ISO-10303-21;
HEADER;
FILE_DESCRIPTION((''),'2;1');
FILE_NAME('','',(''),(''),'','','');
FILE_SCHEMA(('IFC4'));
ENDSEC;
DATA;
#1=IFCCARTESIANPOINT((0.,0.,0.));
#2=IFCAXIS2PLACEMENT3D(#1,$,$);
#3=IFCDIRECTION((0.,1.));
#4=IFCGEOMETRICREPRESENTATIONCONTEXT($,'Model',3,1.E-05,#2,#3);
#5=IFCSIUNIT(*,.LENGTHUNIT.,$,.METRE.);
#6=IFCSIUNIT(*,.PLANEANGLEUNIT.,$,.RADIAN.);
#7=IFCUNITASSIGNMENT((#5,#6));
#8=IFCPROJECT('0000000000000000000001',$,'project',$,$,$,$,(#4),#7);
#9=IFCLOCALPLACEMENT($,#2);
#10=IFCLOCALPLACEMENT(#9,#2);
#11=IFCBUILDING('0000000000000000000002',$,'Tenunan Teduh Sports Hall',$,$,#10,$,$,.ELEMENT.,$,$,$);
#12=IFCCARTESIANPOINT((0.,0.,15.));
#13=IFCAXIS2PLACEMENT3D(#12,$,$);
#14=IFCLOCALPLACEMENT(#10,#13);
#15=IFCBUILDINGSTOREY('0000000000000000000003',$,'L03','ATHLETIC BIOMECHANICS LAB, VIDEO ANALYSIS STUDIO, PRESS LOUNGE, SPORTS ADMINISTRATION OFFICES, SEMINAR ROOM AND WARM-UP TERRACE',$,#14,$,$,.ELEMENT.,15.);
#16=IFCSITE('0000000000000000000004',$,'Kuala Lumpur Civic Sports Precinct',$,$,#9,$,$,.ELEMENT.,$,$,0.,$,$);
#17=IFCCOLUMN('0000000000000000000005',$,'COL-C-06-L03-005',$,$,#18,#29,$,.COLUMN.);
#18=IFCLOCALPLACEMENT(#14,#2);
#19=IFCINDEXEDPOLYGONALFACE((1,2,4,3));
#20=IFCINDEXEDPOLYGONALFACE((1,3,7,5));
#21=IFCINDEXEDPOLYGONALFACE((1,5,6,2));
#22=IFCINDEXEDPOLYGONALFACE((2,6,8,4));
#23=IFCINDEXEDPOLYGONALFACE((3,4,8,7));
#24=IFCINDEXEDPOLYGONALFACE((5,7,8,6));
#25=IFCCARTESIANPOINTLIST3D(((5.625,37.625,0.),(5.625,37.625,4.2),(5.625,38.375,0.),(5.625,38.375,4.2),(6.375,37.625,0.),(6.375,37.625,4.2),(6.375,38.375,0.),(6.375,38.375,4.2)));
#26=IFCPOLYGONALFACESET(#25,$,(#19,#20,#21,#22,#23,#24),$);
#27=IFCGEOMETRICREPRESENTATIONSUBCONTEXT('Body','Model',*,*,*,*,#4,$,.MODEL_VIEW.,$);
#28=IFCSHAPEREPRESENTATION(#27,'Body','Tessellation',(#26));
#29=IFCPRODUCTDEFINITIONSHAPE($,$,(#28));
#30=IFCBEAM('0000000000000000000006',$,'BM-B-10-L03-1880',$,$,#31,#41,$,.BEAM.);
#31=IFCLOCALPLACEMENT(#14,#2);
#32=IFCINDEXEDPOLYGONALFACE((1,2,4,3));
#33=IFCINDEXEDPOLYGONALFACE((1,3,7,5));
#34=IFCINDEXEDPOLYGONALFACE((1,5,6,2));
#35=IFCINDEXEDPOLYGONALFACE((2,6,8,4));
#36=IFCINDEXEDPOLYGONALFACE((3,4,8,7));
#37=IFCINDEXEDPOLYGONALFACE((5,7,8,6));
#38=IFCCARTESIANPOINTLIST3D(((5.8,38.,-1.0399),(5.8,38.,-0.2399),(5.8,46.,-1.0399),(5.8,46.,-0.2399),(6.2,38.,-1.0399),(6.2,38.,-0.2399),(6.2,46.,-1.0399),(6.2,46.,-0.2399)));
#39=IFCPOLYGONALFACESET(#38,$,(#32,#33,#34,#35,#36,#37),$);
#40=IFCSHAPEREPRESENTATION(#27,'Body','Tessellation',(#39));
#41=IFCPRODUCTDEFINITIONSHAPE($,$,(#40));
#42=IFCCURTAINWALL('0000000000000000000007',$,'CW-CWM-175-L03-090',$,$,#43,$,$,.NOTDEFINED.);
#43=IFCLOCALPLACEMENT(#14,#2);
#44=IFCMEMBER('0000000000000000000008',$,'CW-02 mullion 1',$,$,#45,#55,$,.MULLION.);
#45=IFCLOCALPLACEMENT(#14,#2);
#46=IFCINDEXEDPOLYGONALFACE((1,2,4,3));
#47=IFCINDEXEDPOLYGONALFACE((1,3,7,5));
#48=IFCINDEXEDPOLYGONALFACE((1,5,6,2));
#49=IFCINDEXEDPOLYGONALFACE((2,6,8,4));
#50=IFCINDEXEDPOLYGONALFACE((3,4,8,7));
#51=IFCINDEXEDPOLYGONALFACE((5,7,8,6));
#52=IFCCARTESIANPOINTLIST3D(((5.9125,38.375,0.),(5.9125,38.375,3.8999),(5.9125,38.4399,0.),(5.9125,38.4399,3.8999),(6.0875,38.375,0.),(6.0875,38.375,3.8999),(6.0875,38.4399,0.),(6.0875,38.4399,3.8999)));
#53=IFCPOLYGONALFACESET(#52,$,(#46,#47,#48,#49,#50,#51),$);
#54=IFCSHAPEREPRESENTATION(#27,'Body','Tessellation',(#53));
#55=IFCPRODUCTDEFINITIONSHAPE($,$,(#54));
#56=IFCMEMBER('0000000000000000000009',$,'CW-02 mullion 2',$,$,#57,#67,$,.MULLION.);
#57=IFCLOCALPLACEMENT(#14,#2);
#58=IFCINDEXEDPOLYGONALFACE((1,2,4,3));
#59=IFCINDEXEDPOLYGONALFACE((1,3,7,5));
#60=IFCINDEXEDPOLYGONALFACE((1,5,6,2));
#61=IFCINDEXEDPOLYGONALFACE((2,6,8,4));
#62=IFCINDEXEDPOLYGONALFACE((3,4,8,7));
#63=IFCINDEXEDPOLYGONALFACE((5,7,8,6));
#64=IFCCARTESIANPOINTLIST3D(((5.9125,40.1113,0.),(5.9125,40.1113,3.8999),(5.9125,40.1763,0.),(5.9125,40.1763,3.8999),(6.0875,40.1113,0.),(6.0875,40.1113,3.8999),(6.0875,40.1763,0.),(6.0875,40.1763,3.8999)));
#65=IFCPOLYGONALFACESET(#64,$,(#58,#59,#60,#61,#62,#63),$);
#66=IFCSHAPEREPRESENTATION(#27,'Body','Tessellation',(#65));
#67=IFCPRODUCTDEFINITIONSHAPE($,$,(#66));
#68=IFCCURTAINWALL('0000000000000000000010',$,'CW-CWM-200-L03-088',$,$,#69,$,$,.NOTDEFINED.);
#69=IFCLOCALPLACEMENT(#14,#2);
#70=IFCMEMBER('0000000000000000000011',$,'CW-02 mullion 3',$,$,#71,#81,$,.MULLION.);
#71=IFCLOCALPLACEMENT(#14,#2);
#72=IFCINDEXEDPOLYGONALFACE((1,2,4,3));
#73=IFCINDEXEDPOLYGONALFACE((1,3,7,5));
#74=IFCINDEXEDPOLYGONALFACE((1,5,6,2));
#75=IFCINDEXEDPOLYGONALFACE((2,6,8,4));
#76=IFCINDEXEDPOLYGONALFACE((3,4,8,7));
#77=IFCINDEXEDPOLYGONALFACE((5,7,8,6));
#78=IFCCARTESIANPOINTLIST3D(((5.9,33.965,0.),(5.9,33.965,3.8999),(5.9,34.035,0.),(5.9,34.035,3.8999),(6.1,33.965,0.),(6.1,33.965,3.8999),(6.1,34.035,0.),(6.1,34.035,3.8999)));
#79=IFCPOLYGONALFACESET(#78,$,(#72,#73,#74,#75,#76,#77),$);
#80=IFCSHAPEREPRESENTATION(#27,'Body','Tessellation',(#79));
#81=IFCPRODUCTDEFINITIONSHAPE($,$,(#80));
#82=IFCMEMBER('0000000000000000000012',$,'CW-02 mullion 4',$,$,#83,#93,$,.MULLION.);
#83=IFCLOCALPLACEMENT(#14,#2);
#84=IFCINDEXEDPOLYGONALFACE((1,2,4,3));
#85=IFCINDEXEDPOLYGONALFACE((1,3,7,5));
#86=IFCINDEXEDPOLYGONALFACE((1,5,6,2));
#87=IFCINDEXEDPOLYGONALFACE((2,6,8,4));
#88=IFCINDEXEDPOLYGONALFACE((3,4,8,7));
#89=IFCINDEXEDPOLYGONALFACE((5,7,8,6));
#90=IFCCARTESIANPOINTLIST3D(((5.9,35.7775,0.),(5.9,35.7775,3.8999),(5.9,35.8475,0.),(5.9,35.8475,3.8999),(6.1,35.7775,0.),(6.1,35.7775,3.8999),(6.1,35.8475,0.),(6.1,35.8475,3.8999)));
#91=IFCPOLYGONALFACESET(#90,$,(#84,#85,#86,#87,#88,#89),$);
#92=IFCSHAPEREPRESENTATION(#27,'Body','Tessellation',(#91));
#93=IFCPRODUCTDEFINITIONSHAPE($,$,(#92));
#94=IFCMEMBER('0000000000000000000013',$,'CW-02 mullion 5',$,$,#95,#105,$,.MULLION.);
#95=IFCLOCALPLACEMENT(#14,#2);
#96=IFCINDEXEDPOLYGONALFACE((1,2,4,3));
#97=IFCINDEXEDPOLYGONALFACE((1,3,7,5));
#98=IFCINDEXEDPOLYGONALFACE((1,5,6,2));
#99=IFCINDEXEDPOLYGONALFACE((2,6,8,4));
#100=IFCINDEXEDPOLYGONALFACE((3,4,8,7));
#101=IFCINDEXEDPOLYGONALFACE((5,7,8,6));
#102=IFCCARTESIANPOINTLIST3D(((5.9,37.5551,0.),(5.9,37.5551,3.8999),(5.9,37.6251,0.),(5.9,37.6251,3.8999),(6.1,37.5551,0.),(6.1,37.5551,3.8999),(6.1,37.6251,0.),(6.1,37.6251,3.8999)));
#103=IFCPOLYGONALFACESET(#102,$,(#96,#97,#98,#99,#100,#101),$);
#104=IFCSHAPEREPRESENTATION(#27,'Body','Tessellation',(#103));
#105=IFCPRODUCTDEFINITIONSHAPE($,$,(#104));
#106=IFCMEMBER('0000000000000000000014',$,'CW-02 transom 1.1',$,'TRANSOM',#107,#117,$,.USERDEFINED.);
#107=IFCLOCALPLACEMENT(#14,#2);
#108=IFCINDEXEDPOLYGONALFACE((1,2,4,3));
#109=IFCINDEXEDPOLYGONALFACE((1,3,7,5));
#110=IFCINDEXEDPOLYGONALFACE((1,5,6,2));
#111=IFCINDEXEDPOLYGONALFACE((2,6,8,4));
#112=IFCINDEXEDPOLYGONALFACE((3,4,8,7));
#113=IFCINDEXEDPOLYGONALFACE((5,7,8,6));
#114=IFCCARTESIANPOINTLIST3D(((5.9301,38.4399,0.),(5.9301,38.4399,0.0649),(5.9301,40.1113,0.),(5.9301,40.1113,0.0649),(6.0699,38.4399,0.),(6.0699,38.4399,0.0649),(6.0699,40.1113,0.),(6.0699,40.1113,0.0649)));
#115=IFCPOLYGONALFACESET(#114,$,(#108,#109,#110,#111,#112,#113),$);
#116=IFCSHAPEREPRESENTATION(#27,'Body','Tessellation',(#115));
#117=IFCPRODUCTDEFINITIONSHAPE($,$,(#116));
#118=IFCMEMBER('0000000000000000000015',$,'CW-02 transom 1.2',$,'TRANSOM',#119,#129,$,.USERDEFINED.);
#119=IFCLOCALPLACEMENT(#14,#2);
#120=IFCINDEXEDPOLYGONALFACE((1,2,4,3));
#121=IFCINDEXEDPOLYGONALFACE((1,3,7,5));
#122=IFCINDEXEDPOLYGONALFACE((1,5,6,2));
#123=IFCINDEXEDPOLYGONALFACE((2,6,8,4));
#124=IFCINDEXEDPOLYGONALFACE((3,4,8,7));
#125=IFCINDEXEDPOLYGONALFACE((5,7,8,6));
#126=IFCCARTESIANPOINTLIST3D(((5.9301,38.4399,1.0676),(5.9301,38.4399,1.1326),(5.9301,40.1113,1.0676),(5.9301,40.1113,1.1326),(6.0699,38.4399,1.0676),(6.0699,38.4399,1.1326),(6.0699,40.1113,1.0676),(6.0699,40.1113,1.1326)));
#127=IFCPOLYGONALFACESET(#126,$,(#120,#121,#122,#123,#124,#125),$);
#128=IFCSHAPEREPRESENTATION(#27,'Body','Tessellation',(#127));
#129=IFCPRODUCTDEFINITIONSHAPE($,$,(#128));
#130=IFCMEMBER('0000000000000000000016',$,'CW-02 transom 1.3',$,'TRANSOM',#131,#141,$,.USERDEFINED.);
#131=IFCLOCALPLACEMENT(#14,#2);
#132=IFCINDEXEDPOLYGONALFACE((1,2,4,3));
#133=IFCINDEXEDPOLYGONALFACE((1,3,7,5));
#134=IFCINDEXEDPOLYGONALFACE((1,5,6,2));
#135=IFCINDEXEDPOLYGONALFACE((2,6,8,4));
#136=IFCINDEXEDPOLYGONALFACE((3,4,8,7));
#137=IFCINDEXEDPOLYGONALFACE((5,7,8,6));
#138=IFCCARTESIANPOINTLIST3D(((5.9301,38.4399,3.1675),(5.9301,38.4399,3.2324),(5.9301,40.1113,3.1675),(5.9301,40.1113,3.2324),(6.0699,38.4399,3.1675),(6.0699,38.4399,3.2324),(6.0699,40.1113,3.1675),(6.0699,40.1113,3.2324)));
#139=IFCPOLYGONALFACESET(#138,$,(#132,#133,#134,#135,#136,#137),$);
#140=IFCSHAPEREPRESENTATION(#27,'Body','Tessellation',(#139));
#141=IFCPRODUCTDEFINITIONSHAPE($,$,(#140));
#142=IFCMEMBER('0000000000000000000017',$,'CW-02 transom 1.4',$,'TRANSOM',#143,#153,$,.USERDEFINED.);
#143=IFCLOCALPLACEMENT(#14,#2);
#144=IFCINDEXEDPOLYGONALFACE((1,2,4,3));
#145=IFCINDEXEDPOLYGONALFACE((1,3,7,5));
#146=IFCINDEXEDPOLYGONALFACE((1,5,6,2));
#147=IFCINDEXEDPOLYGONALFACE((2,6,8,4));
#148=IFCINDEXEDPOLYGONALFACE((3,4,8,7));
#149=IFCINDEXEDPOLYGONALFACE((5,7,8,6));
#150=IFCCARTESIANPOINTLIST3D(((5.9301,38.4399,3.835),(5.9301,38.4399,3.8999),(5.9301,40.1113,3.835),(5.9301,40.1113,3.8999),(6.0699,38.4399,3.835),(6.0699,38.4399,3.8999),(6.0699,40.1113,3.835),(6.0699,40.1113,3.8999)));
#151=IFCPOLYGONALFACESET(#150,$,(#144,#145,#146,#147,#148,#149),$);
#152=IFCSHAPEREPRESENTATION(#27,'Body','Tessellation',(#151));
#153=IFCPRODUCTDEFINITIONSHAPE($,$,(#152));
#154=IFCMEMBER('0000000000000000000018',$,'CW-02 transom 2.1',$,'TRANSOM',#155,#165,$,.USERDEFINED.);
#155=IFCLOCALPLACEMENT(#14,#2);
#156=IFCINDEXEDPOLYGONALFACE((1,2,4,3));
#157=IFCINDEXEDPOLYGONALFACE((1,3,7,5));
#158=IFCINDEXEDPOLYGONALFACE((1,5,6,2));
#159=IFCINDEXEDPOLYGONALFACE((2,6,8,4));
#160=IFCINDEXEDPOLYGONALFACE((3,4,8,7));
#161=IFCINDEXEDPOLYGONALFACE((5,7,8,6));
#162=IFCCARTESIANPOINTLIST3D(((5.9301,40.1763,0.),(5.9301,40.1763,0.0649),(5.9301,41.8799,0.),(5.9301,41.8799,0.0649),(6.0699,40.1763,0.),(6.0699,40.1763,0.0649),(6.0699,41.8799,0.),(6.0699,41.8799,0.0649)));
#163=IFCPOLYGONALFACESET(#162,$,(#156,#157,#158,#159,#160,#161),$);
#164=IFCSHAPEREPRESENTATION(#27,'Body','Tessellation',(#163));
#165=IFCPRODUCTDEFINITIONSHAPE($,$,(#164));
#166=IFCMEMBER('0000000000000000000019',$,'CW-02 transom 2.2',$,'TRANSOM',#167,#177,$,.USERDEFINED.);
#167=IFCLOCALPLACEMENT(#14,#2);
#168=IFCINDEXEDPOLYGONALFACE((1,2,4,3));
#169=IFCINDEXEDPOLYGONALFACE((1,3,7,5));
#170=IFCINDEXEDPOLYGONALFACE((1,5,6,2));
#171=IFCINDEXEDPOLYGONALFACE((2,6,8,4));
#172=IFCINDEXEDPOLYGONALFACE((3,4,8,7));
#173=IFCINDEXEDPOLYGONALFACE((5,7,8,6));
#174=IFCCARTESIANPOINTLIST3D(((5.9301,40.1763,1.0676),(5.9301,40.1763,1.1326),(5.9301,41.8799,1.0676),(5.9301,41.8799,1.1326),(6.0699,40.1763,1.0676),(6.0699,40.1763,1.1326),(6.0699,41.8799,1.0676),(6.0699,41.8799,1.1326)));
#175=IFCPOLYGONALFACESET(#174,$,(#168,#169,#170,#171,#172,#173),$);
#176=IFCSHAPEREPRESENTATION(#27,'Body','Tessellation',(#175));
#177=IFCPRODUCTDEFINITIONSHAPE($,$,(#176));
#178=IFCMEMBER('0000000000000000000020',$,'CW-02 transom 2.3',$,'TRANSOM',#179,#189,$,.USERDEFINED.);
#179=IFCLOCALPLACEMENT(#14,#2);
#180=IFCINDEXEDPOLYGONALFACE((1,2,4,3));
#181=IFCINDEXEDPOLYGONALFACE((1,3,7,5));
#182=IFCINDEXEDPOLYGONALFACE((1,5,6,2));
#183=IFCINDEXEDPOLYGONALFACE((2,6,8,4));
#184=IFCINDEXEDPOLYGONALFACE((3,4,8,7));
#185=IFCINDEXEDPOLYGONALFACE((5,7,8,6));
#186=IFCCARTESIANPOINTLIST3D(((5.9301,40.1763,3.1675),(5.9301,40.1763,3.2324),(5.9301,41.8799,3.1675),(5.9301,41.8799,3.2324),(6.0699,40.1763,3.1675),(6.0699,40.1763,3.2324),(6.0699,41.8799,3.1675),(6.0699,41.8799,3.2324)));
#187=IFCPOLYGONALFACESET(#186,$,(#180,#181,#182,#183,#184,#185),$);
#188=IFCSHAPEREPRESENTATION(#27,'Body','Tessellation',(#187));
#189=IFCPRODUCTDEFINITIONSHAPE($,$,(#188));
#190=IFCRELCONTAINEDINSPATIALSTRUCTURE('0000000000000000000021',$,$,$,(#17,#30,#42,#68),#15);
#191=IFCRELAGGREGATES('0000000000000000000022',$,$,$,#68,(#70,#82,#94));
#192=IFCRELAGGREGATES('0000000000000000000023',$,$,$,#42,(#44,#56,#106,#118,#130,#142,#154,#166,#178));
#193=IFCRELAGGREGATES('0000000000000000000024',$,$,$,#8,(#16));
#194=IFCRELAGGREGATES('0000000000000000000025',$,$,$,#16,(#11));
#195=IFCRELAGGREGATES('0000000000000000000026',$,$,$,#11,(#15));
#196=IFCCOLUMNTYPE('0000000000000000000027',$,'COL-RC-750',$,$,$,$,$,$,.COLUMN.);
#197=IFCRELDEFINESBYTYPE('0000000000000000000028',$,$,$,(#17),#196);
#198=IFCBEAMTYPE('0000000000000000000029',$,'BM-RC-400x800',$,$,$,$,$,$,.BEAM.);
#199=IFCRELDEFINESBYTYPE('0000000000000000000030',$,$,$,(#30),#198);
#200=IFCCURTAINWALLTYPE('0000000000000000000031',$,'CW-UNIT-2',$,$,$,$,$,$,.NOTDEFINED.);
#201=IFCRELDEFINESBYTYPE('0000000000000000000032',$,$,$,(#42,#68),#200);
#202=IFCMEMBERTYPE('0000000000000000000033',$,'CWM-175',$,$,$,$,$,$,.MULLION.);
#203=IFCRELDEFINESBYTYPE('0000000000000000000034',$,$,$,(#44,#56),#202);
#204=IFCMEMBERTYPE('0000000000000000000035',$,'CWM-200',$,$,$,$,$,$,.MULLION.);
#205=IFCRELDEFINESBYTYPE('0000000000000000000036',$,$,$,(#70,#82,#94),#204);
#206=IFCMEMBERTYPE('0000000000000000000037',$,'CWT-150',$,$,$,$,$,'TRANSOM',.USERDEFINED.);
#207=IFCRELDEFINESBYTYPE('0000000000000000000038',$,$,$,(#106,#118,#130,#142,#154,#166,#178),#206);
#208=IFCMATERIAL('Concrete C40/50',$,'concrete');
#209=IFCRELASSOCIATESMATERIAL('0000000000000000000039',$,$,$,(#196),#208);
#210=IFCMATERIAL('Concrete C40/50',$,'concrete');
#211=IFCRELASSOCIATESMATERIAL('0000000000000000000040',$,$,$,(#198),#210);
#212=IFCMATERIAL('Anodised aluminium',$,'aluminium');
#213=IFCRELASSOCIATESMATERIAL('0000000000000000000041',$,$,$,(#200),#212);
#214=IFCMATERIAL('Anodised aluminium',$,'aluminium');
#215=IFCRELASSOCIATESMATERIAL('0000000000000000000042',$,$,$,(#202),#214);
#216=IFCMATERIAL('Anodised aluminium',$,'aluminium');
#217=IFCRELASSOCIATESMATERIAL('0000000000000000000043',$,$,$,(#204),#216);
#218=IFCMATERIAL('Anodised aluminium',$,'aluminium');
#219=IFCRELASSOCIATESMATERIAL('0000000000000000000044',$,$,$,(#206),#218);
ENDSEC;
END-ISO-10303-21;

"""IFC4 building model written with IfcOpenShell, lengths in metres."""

from ifc_helpers import new_model, si_unit, direction, frame, origin, origin_2d, place, context, subcontext, project, spatial, rectangle, extrude, material, material_profile, profile_set, type_object, element, aggregate, save


model = new_model("IFC4")

# Units and contexts
model_context = context("Model", 3, precision=1e-05, world=origin(), true_north=direction((0.0, 1.0)))
body_context = subcontext(model_context, "Body", "Model", "MODEL_VIEW")
ifc_project = project(units=[si_unit("LENGTHUNIT", "METRE"), si_unit("PLANEANGLEUNIT", "RADIAN")], contexts=[model_context])

# Site, building, storey
site_placement = place(None, origin())
site = spatial("IfcSite", under=ifc_project, at=site_placement, Name="Kuala Lumpur Civic Sports Precinct", CompositionType="ELEMENT", RefElevation=0.0)
building_placement = place(site_placement, origin())
building = spatial("IfcBuilding", under=site, at=building_placement, Name="Tenunan Teduh Sports Hall", CompositionType="ELEMENT")
storey_placement = place(building_placement, frame((0.0, 0.0, 15.0)))
storey = spatial("IfcBuildingStorey", under=building, at=storey_placement, Name="L03", Description="ATHLETIC BIOMECHANICS LAB, VIDEO ANALYSIS STUDIO, PRESS LOUNGE, SPORTS ADMINISTRATION OFFICES, SEMINAR ROOM AND WARM-UP TERRACE", CompositionType="ELEMENT", Elevation=15.0)

# Column
ifc_material_1 = material(Name="Concrete C40/50", Category="concrete")
ifc_material_profile_1 = material_profile(ifc_material_1, rectangle(XDim=0.75, YDim=0.75, at=origin_2d()), Name="RC 750x750")
ifc_profile_set_1 = profile_set([ifc_material_profile_1], Name="Concrete C40/50")
column_type = type_object("IfcColumnType", Name="COL-RC-750", PredefinedType="COLUMN", material=ifc_profile_set_1)
column_placement = place(storey_placement, frame((6.0, 38.0, 0.0), z_axis=(0.0, 0.0, 1.0), x_axis=(1.0, 0.0, 0.0)))
element("IfcColumn", 1, at=column_placement, inside=storey, type_object=column_type, Name="COL-C-06-L03-005", PredefinedType="COLUMN", context=body_context, shape_type="SweptSolid", body=[
    extrude(rectangle(XDim=0.75, YDim=0.75, at=origin_2d()), origin(), (0.0, 0.0, 1.0), 4.2),
])

# Beam
ifc_material_2 = material(Name="Concrete C40/50", Category="concrete")
ifc_material_profile_2 = material_profile(ifc_material_2, rectangle(XDim=0.3999, YDim=0.8, at=origin_2d()), Name="RCB 400x800")
ifc_profile_set_2 = profile_set([ifc_material_profile_2], Name="Concrete C40/50")
beam_type = type_object("IfcBeamType", Name="BM-RC-400x800", PredefinedType="BEAM", material=ifc_profile_set_2)
beam_placement = place(storey_placement, frame((6.0, 38.0, -0.6399), z_axis=(0.0, 1.0, 0.0), x_axis=(-1.0, 0.0, 0.0)))
element("IfcBeam", 2, at=beam_placement, inside=storey, type_object=beam_type, Name="BM-B-10-L03-1880", PredefinedType="BEAM", context=body_context, shape_type="SweptSolid", body=[
    extrude(rectangle(XDim=0.3999, YDim=0.8, at=origin_2d()), origin(), (0.0, 0.0, 1.0), 8.0),
])

# Curtain walls, members
ifc_material_3 = material(Name="Anodised aluminium", Category="aluminium")
curtain_wall_type = type_object("IfcCurtainWallType", Name="CW-UNIT-2", PredefinedType="NOTDEFINED", material=ifc_material_3)
curtain_wall_1_placement = place(storey_placement, origin())
curtain_wall_1 = element("IfcCurtainWall", 3, at=curtain_wall_1_placement, inside=storey, type_object=curtain_wall_type, Name="CW-CWM-175-L03-090", PredefinedType="NOTDEFINED")
ifc_material_4 = material(Name="Anodised aluminium", Category="aluminium")
ifc_material_profile_3 = material_profile(ifc_material_4, rectangle(XDim=0.0649, YDim=0.175, at=origin_2d()), Name="CWM 65x175")
ifc_profile_set_3 = profile_set([ifc_material_profile_3], Name="Anodised aluminium")
member_type_1 = type_object("IfcMemberType", Name="CWM-175", PredefinedType="MULLION", material=ifc_profile_set_3)
member_1_placement = place(storey_placement, frame((6.0, 38.4075, 0.0), z_axis=(0.0, 0.0, 1.0), x_axis=(0.0, 1.0, 0.0)))
member_1 = element("IfcMember", 4, at=member_1_placement, type_object=member_type_1, Name="CW-02 mullion 1", PredefinedType="MULLION", context=body_context, shape_type="SweptSolid", body=[
    extrude(rectangle(XDim=0.0649, YDim=0.175, at=origin_2d()), origin(), (0.0, 0.0, 1.0), 3.8999),
])
member_2_placement = place(storey_placement, frame((6.0, 40.1438, 0.0), z_axis=(0.0, 0.0, 1.0), x_axis=(0.0, 1.0, 0.0)))
member_2 = element("IfcMember", 5, at=member_2_placement, type_object=member_type_1, Name="CW-02 mullion 2", PredefinedType="MULLION", context=body_context, shape_type="SweptSolid", body=[
    extrude(rectangle(XDim=0.0649, YDim=0.175, at=origin_2d()), origin(), (0.0, 0.0, 1.0), 3.8999),
])
curtain_wall_2_placement = place(storey_placement, origin())
curtain_wall_2 = element("IfcCurtainWall", 6, at=curtain_wall_2_placement, inside=storey, type_object=curtain_wall_type, Name="CW-CWM-200-L03-088", PredefinedType="NOTDEFINED")
ifc_material_5 = material(Name="Anodised aluminium", Category="aluminium")
ifc_material_profile_4 = material_profile(ifc_material_5, rectangle(XDim=0.0701, YDim=0.2, at=origin_2d()), Name="CWM 70x200")
ifc_profile_set_4 = profile_set([ifc_material_profile_4], Name="Anodised aluminium")
member_type_2 = type_object("IfcMemberType", Name="CWM-200", PredefinedType="MULLION", material=ifc_profile_set_4)
member_3_placement = place(storey_placement, frame((6.0, 34.0, 0.0), z_axis=(0.0, 0.0, 1.0), x_axis=(0.0, 1.0, 0.0)))
member_3 = element("IfcMember", 7, at=member_3_placement, type_object=member_type_2, Name="CW-02 mullion 3", PredefinedType="MULLION", context=body_context, shape_type="SweptSolid", body=[
    extrude(rectangle(XDim=0.0701, YDim=0.2, at=origin_2d()), origin(), (0.0, 0.0, 1.0), 3.8999),
])
member_4_placement = place(storey_placement, frame((6.0, 35.8125, 0.0), z_axis=(0.0, 0.0, 1.0), x_axis=(0.0, 1.0, 0.0)))
member_4 = element("IfcMember", 8, at=member_4_placement, type_object=member_type_2, Name="CW-02 mullion 4", PredefinedType="MULLION", context=body_context, shape_type="SweptSolid", body=[
    extrude(rectangle(XDim=0.0701, YDim=0.2, at=origin_2d()), origin(), (0.0, 0.0, 1.0), 3.8999),
])
member_5_placement = place(storey_placement, frame((6.0, 37.5901, 0.0), z_axis=(0.0, 0.0, 1.0), x_axis=(0.0, 1.0, 0.0)))
member_5 = element("IfcMember", 9, at=member_5_placement, type_object=member_type_2, Name="CW-02 mullion 5", PredefinedType="MULLION", context=body_context, shape_type="SweptSolid", body=[
    extrude(rectangle(XDim=0.0701, YDim=0.2, at=origin_2d()), origin(), (0.0, 0.0, 1.0), 3.8999),
])

# Members
ifc_material_6 = material(Name="Anodised aluminium", Category="aluminium")
ifc_material_profile_5 = material_profile(ifc_material_6, rectangle(XDim=0.0649, YDim=0.1399, at=origin_2d()), Name="CWT 65x140")
ifc_profile_set_5 = profile_set([ifc_material_profile_5], Name="Anodised aluminium")
member_type_3 = type_object("IfcMemberType", Name="CWT-150", ElementType="TRANSOM", PredefinedType="USERDEFINED", material=ifc_profile_set_5)
member_6_placement = place(storey_placement, frame((6.0, 38.4399, 0.0325), z_axis=(0.0, 1.0, 0.0), x_axis=(0.0, 0.0, 1.0)))
member_6 = element("IfcMember", 10, at=member_6_placement, type_object=member_type_3, Name="CW-02 transom 1.1", ObjectType="TRANSOM", PredefinedType="USERDEFINED", context=body_context, shape_type="SweptSolid", body=[
    extrude(rectangle(XDim=0.0649, YDim=0.1399, at=origin_2d()), origin(), (0.0, 0.0, 1.0), 1.6714),
])
member_7_placement = place(storey_placement, frame((6.0, 38.4399, 1.1001), z_axis=(0.0, 1.0, 0.0), x_axis=(0.0, 0.0, 1.0)))
member_7 = element("IfcMember", 11, at=member_7_placement, type_object=member_type_3, Name="CW-02 transom 1.2", ObjectType="TRANSOM", PredefinedType="USERDEFINED", context=body_context, shape_type="SweptSolid", body=[
    extrude(rectangle(XDim=0.0649, YDim=0.1399, at=origin_2d()), origin(), (0.0, 0.0, 1.0), 1.6714),
])
member_8_placement = place(storey_placement, frame((6.0, 38.4399, 3.2), z_axis=(0.0, 1.0, 0.0), x_axis=(0.0, 0.0, 1.0)))
member_8 = element("IfcMember", 12, at=member_8_placement, type_object=member_type_3, Name="CW-02 transom 1.3", ObjectType="TRANSOM", PredefinedType="USERDEFINED", context=body_context, shape_type="SweptSolid", body=[
    extrude(rectangle(XDim=0.0649, YDim=0.1399, at=origin_2d()), origin(), (0.0, 0.0, 1.0), 1.6714),
])
member_9_placement = place(storey_placement, frame((6.0, 38.4399, 3.8674), z_axis=(0.0, 1.0, 0.0), x_axis=(0.0, 0.0, 1.0)))
member_9 = element("IfcMember", 13, at=member_9_placement, type_object=member_type_3, Name="CW-02 transom 1.4", ObjectType="TRANSOM", PredefinedType="USERDEFINED", context=body_context, shape_type="SweptSolid", body=[
    extrude(rectangle(XDim=0.0649, YDim=0.1399, at=origin_2d()), origin(), (0.0, 0.0, 1.0), 1.6714),
])
member_10_placement = place(storey_placement, frame((6.0, 40.1763, 0.0325), z_axis=(0.0, 1.0, 0.0), x_axis=(0.0, 0.0, 1.0)))
member_10 = element("IfcMember", 14, at=member_10_placement, type_object=member_type_3, Name="CW-02 transom 2.1", ObjectType="TRANSOM", PredefinedType="USERDEFINED", context=body_context, shape_type="SweptSolid", body=[
    extrude(rectangle(XDim=0.0649, YDim=0.1399, at=origin_2d()), origin(), (0.0, 0.0, 1.0), 1.7036),
])
member_11_placement = place(storey_placement, frame((6.0, 40.1763, 1.1001), z_axis=(0.0, 1.0, 0.0), x_axis=(0.0, 0.0, 1.0)))
member_11 = element("IfcMember", 15, at=member_11_placement, type_object=member_type_3, Name="CW-02 transom 2.2", ObjectType="TRANSOM", PredefinedType="USERDEFINED", context=body_context, shape_type="SweptSolid", body=[
    extrude(rectangle(XDim=0.0649, YDim=0.1399, at=origin_2d()), origin(), (0.0, 0.0, 1.0), 1.7036),
])
member_12_placement = place(storey_placement, frame((6.0, 40.1763, 3.2), z_axis=(0.0, 1.0, 0.0), x_axis=(0.0, 0.0, 1.0)))
member_12 = element("IfcMember", 16, at=member_12_placement, type_object=member_type_3, Name="CW-02 transom 2.3", ObjectType="TRANSOM", PredefinedType="USERDEFINED", context=body_context, shape_type="SweptSolid", body=[
    extrude(rectangle(XDim=0.0649, YDim=0.1399, at=origin_2d()), origin(), (0.0, 0.0, 1.0), 1.7036),
])

aggregate(curtain_wall_2, [member_3, member_4, member_5])
aggregate(curtain_wall_1, [member_1, member_2, member_6, member_7, member_8, member_9, member_10, member_11, member_12])

save(model, "model.ifc")
